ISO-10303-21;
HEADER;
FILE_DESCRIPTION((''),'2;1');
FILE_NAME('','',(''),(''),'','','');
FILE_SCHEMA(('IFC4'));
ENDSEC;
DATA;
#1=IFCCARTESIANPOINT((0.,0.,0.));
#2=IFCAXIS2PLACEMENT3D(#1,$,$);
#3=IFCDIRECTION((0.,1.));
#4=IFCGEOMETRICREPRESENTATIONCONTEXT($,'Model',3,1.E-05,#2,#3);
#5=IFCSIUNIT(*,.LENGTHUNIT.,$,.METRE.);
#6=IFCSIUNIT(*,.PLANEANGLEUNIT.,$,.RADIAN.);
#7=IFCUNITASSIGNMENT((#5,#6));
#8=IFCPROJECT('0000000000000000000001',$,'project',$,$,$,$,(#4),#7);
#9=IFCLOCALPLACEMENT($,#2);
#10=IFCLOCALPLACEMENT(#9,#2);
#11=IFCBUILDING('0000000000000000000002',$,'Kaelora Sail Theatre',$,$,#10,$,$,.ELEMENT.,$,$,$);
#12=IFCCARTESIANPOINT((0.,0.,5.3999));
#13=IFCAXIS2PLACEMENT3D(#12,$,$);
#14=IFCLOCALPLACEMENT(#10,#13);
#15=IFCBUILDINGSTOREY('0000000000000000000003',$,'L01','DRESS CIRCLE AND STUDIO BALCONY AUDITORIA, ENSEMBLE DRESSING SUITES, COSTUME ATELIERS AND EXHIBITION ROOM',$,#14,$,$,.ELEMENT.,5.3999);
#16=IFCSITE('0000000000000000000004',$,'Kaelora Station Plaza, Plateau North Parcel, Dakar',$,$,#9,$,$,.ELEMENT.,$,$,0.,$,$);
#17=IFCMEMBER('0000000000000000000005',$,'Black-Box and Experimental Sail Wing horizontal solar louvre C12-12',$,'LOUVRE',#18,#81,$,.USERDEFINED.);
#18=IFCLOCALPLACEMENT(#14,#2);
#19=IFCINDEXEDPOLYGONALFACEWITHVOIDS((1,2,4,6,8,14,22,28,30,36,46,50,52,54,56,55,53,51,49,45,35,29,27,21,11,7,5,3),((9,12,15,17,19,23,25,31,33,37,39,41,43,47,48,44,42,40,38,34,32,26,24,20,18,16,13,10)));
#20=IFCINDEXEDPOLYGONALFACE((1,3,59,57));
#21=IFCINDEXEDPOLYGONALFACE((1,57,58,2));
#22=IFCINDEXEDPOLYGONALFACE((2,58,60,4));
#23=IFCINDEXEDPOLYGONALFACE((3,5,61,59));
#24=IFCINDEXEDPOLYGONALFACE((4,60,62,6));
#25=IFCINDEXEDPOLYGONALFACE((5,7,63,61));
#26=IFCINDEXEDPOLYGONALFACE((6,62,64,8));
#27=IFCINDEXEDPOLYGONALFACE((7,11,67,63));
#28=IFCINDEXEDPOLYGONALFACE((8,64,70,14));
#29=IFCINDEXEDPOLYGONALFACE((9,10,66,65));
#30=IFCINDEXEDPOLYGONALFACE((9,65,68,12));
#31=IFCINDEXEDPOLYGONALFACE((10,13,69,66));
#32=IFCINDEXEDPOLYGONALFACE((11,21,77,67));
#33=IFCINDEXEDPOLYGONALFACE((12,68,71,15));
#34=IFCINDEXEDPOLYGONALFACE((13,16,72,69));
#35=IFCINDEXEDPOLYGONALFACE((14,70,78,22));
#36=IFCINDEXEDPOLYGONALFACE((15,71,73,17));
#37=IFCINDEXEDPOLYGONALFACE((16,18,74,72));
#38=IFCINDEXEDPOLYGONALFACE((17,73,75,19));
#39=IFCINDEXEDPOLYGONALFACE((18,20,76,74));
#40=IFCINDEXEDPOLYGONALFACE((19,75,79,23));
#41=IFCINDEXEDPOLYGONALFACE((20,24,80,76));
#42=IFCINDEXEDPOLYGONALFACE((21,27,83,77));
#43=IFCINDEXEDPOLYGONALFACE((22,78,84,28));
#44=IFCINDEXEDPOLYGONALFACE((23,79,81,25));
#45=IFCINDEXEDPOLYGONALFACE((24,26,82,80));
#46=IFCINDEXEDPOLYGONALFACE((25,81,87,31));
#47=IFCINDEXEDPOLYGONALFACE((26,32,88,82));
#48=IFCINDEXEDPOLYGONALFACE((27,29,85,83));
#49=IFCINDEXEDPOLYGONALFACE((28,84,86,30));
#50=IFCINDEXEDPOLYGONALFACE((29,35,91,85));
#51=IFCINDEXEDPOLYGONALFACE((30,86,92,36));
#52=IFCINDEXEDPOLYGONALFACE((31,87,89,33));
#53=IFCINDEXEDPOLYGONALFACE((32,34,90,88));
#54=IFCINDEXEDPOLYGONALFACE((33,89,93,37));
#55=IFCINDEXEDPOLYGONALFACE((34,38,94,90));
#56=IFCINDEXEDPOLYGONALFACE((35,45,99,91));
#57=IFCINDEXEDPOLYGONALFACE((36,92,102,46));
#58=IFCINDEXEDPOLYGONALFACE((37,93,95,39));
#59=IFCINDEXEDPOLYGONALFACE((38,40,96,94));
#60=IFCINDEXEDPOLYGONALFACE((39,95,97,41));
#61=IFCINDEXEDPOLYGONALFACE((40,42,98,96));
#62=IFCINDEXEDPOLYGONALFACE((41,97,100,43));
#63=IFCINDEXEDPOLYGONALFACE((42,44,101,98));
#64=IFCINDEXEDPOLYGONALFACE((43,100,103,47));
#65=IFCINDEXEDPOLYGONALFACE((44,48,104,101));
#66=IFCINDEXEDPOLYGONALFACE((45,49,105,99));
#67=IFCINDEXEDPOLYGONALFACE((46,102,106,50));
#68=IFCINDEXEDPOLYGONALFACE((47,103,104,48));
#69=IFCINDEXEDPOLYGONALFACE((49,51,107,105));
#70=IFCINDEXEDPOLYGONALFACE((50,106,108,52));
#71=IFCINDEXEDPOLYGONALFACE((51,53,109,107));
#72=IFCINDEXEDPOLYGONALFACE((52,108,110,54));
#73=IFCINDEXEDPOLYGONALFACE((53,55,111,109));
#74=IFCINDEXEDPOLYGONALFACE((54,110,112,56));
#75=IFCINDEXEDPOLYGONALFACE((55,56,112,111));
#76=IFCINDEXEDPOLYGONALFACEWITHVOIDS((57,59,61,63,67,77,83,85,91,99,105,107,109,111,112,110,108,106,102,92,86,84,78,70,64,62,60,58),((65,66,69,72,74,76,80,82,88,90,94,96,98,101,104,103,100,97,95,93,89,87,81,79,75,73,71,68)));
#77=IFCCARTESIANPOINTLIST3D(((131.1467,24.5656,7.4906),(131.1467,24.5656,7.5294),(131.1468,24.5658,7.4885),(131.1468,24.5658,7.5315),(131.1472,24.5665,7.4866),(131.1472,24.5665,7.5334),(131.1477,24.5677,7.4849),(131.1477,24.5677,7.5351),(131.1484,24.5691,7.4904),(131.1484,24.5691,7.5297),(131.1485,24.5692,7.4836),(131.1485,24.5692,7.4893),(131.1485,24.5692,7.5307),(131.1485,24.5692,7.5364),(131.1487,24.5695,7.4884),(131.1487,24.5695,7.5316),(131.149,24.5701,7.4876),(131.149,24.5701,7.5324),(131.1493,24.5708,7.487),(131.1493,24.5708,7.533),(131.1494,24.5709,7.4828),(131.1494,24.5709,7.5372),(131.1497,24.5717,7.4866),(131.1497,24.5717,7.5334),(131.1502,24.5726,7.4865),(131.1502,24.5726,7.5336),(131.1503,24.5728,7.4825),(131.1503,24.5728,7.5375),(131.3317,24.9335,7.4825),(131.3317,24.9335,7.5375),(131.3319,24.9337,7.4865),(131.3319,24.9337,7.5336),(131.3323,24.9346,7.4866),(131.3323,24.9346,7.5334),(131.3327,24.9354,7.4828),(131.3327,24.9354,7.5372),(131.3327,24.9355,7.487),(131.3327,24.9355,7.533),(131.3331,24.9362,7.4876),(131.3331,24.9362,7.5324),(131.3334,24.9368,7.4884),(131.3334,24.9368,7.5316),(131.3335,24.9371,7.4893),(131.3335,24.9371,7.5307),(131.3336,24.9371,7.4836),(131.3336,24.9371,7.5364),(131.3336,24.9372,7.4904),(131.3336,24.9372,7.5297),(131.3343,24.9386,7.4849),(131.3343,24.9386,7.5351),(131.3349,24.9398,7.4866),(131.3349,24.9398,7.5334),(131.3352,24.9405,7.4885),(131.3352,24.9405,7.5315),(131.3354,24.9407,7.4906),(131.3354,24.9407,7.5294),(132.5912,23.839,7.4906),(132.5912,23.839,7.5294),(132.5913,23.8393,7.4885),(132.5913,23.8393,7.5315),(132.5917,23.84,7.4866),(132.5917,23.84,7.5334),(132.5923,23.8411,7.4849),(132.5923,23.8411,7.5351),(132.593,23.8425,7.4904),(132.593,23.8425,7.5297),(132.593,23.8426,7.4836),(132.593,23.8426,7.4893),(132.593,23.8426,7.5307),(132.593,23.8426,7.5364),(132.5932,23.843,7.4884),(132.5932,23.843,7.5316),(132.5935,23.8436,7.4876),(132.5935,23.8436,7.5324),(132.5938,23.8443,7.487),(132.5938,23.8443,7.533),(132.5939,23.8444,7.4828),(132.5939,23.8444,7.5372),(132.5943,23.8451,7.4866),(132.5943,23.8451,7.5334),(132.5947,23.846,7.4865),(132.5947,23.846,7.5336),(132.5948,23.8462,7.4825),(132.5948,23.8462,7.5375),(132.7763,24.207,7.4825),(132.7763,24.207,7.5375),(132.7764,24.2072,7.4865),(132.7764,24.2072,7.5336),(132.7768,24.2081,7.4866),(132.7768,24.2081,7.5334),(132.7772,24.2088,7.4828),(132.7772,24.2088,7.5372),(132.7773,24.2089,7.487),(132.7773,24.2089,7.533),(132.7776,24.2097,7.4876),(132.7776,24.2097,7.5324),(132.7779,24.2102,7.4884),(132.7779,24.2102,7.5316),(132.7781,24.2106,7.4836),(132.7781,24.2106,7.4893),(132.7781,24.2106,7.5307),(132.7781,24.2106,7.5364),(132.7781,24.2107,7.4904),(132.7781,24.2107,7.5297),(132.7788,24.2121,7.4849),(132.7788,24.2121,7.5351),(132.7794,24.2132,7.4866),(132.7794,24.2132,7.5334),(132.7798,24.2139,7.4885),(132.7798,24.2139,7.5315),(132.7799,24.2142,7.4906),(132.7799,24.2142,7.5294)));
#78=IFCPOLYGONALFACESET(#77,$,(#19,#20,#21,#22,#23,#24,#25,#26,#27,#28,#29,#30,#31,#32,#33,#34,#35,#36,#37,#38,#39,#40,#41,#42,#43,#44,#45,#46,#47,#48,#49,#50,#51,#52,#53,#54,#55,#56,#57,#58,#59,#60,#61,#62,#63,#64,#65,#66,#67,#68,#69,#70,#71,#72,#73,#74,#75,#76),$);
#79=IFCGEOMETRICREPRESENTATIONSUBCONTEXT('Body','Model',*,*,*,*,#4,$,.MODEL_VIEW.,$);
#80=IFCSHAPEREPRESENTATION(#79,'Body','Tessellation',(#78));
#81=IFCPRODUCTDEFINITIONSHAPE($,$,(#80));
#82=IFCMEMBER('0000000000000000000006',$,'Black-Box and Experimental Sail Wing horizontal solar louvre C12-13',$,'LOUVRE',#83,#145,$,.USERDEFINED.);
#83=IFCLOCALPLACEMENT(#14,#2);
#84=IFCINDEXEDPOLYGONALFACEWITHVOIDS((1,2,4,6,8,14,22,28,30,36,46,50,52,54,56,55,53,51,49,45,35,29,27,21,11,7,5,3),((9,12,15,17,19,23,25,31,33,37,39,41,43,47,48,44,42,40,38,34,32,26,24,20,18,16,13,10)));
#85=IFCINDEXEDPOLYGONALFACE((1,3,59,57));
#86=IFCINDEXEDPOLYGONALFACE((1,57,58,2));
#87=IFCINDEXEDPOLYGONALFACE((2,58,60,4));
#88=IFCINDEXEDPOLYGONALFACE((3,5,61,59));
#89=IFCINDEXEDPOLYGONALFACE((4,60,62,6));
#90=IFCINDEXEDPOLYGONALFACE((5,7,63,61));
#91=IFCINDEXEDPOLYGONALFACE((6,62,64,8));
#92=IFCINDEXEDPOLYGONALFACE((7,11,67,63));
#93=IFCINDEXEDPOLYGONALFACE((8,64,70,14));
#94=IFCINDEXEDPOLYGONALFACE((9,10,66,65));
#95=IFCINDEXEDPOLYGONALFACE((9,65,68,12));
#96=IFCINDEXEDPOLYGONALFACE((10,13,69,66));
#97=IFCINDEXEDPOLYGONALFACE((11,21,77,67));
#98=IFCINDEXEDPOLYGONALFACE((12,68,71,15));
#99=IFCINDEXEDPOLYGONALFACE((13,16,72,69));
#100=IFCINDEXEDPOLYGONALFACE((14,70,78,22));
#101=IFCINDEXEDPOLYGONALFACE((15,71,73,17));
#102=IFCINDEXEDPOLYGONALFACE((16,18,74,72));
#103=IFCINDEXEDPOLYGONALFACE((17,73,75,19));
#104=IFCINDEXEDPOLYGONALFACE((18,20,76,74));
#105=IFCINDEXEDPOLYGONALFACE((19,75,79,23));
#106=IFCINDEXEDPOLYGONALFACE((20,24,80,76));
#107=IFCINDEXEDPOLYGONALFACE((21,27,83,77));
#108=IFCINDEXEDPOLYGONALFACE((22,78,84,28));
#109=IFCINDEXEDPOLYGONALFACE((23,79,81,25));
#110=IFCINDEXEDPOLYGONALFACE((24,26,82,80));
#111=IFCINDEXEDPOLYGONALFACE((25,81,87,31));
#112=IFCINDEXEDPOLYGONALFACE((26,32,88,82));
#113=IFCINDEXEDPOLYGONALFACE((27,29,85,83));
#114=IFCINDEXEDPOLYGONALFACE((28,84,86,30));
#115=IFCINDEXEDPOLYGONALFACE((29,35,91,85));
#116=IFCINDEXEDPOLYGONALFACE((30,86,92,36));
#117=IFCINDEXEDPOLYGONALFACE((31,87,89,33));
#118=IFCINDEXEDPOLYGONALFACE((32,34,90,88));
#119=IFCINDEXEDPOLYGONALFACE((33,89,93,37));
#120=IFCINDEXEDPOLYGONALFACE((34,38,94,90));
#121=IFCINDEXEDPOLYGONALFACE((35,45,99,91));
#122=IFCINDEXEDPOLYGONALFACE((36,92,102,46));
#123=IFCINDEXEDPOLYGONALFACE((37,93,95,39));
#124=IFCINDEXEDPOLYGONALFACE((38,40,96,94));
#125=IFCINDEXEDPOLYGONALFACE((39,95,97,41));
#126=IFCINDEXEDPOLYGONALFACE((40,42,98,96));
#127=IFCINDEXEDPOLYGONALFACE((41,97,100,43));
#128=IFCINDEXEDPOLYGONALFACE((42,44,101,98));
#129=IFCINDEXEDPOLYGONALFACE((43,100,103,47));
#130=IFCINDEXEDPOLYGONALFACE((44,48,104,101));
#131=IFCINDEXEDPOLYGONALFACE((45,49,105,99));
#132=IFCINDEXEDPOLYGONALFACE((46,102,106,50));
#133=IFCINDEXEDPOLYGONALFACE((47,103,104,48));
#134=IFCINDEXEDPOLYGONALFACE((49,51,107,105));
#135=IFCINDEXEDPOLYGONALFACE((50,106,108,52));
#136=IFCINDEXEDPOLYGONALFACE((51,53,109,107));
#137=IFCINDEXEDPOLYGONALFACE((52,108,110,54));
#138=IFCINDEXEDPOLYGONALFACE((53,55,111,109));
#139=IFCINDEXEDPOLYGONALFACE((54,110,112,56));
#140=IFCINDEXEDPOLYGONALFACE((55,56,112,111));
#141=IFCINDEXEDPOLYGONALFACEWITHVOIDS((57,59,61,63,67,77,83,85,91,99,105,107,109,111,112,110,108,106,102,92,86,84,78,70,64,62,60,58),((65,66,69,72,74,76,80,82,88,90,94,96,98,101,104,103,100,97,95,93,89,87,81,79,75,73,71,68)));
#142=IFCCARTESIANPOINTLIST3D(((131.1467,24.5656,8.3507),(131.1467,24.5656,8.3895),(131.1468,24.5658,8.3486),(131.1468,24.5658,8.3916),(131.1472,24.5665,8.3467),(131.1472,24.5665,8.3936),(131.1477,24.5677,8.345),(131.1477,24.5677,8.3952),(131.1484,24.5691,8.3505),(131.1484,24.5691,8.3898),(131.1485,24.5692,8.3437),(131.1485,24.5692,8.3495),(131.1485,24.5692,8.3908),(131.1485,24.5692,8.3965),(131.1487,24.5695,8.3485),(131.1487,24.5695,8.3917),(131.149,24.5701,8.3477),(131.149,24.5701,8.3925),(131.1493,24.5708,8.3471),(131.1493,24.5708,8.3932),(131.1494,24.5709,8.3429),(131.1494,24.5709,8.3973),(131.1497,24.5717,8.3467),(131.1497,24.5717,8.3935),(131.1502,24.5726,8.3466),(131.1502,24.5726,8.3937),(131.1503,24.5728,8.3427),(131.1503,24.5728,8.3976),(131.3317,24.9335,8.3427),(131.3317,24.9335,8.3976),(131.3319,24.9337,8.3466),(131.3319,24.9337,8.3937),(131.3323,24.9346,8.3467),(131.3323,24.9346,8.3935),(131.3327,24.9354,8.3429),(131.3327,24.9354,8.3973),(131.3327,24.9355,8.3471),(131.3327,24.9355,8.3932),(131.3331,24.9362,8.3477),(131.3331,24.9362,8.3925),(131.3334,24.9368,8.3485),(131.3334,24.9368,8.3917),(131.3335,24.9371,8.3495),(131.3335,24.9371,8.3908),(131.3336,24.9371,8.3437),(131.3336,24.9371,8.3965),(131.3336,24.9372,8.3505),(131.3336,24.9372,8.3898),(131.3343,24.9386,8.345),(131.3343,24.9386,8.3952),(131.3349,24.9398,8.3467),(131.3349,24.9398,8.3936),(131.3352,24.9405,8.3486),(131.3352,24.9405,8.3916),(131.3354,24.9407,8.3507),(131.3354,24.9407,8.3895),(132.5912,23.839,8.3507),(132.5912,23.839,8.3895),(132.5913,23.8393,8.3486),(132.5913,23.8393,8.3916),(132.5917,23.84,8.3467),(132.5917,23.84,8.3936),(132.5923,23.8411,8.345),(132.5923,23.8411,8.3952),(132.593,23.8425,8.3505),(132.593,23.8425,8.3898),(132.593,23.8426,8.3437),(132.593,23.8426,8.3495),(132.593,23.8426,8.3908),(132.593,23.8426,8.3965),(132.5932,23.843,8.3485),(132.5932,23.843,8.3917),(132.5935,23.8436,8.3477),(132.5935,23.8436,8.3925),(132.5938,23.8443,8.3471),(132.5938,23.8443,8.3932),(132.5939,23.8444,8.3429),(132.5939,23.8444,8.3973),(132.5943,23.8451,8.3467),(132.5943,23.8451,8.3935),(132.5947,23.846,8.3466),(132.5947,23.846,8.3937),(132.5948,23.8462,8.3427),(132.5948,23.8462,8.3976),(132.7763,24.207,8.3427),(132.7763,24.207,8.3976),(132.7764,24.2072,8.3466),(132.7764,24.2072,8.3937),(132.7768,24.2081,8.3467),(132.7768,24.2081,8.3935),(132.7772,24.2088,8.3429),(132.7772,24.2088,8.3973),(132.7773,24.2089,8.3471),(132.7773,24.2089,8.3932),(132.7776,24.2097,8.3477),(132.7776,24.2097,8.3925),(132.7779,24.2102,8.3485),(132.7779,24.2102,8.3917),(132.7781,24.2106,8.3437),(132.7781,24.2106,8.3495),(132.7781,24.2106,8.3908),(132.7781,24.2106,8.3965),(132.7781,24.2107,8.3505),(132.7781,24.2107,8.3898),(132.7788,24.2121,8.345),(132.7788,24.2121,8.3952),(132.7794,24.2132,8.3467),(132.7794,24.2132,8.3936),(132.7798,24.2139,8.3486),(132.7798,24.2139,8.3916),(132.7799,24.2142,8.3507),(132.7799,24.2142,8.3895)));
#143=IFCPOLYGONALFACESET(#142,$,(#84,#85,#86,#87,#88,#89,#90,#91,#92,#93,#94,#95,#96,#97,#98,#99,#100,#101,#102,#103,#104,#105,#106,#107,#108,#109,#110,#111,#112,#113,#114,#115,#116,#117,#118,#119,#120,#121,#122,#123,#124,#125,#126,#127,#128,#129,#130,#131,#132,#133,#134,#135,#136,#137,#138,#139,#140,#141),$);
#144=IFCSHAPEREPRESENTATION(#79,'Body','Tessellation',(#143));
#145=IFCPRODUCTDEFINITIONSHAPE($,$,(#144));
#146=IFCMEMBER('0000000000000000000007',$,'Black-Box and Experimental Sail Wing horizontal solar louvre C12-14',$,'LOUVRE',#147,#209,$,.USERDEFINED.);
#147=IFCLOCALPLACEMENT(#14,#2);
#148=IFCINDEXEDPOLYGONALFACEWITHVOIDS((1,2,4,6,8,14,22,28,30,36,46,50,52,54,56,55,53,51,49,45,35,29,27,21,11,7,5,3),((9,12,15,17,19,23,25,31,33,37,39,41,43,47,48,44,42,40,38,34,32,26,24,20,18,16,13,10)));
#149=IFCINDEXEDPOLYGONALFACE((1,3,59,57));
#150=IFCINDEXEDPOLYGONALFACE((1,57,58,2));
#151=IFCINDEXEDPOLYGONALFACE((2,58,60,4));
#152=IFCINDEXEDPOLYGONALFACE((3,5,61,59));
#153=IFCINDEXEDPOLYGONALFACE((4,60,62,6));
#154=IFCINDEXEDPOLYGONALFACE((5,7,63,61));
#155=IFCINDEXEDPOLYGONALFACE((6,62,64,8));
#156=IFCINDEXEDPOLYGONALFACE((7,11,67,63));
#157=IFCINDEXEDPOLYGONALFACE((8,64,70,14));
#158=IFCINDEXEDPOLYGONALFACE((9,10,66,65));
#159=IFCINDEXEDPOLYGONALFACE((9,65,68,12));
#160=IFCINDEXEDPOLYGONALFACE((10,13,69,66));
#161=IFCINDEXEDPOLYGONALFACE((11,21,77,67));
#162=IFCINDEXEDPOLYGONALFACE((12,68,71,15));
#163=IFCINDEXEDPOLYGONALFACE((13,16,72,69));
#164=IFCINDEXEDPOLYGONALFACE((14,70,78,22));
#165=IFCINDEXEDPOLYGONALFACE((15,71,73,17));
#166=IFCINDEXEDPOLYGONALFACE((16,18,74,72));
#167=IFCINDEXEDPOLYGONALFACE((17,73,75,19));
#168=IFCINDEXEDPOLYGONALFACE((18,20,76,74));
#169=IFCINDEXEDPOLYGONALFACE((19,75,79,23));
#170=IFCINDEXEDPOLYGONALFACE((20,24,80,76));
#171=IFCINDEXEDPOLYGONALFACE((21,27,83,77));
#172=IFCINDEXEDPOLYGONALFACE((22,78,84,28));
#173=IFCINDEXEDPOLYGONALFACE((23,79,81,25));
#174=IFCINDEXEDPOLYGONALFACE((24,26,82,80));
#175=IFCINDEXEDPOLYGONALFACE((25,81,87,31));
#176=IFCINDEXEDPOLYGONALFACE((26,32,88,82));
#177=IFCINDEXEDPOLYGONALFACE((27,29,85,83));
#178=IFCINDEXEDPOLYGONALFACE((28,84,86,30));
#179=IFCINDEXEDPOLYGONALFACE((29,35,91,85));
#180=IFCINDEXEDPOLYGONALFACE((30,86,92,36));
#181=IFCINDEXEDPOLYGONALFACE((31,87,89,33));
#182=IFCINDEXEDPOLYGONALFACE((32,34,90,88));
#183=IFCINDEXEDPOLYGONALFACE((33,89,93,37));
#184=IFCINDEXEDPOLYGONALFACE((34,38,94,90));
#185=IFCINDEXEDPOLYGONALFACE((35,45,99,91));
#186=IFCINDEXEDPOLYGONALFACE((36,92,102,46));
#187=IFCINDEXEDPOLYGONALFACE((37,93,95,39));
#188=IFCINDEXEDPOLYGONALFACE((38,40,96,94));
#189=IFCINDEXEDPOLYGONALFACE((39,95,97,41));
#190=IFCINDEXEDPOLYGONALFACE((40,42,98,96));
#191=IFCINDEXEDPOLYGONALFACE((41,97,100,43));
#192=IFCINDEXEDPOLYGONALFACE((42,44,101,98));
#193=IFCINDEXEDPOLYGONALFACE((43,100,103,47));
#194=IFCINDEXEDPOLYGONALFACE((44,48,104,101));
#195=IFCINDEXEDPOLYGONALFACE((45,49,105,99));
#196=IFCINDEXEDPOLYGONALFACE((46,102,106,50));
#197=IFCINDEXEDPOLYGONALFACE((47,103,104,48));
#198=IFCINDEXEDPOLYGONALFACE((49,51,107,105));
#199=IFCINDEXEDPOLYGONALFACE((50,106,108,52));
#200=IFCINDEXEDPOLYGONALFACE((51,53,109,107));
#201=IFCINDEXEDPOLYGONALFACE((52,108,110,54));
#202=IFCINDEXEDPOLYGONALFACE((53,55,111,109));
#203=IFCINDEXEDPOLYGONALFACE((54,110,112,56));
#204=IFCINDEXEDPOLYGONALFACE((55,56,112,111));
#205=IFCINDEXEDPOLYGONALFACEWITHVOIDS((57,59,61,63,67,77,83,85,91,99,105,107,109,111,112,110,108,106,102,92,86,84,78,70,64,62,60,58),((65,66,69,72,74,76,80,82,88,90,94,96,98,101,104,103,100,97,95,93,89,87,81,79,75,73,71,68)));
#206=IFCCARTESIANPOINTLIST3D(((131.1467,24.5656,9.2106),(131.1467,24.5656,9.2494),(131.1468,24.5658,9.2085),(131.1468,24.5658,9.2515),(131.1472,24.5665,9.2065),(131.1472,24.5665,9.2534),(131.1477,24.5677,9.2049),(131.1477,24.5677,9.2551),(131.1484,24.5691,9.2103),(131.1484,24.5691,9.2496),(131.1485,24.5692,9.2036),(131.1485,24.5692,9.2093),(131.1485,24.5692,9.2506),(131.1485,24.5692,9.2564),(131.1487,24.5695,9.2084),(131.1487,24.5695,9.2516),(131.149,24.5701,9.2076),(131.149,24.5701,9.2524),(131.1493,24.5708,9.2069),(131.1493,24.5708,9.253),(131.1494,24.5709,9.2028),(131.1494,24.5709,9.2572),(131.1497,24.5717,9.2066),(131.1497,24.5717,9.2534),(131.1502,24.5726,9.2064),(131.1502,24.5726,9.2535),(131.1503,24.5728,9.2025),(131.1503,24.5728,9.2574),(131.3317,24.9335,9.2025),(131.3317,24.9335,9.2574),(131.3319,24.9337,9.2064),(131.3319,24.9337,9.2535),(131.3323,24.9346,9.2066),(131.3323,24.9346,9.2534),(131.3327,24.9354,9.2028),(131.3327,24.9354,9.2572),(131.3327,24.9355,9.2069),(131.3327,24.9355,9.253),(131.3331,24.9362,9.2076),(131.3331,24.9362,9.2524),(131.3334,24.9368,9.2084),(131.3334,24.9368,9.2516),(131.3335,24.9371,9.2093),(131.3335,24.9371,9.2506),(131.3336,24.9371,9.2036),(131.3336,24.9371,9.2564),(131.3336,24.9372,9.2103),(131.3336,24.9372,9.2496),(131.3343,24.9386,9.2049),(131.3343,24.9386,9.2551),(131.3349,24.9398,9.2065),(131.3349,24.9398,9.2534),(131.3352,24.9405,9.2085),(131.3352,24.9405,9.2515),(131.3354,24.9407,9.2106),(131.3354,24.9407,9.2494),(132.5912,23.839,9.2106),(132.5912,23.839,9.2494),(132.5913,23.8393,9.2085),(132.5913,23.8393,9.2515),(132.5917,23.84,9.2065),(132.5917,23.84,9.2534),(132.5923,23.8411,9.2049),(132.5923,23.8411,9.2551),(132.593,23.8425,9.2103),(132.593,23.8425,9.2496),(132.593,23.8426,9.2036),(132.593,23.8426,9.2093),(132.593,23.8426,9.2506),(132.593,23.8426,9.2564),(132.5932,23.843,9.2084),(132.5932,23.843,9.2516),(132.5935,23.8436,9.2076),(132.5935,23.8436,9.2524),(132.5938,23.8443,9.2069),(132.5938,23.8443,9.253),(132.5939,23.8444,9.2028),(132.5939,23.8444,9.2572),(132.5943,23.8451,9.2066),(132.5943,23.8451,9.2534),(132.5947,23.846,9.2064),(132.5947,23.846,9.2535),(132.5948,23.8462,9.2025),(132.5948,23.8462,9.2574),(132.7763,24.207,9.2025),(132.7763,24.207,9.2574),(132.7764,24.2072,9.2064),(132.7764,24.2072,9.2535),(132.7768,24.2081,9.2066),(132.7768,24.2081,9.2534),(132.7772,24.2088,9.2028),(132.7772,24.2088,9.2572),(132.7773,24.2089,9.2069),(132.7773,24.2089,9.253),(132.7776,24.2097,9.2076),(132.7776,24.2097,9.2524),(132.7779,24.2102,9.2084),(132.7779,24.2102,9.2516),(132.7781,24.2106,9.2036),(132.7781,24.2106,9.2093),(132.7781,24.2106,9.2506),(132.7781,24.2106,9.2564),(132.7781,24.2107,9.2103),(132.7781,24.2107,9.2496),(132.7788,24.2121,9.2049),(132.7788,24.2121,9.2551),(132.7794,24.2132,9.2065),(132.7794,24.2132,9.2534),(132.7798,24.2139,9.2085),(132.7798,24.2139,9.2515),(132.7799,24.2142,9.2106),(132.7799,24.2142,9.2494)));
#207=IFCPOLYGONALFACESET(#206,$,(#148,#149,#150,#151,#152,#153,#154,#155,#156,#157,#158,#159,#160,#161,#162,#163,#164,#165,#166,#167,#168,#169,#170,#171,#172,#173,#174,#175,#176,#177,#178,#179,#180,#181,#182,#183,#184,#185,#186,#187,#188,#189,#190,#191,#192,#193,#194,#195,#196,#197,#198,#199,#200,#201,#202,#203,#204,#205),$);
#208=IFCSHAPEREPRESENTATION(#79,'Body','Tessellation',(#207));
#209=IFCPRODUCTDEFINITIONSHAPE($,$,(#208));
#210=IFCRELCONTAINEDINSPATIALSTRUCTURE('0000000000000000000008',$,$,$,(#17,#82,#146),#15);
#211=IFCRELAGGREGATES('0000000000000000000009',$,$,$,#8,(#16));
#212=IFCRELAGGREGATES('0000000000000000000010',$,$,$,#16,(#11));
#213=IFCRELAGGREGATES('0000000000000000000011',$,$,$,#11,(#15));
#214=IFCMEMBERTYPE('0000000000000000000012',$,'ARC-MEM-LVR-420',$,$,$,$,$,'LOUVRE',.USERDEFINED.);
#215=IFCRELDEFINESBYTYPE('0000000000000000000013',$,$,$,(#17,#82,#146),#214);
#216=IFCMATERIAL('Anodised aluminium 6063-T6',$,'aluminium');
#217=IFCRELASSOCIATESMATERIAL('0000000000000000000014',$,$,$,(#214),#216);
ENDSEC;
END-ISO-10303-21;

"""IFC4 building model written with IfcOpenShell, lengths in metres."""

from ifc_helpers import new_model, si_unit, direction, frame, origin, origin_2d, place, context, subcontext, project, spatial, hollow_rectangle, extrude, material, material_profile, profile_set, type_object, element, save


model = new_model("IFC4")

# Units and contexts
model_context = context("Model", 3, precision=1e-05, world=origin(), true_north=direction((0.0, 1.0)))
body_context = subcontext(model_context, "Body", "Model", "MODEL_VIEW")
ifc_project = project(units=[si_unit("LENGTHUNIT", "METRE"), si_unit("PLANEANGLEUNIT", "RADIAN")], contexts=[model_context])

# Site, building, storey
site_placement = place(None, origin())
site = spatial("IfcSite", under=ifc_project, at=site_placement, Name="Kaelora Station Plaza, Plateau North Parcel, Dakar", CompositionType="ELEMENT", RefElevation=0.0)
building_placement = place(site_placement, origin())
building = spatial("IfcBuilding", under=site, at=building_placement, Name="Kaelora Sail Theatre", CompositionType="ELEMENT")
storey_placement = place(building_placement, frame((0.0, 0.0, 5.3999)))
storey = spatial("IfcBuildingStorey", under=building, at=storey_placement, Name="L01", Description="DRESS CIRCLE AND STUDIO BALCONY AUDITORIA, ENSEMBLE DRESSING SUITES, COSTUME ATELIERS AND EXHIBITION ROOM", CompositionType="ELEMENT", Elevation=5.3999)

# Members
ifc_material = material(Name="Anodised aluminium 6063-T6", Category="aluminium")
ifc_material_profile = material_profile(ifc_material, hollow_rectangle(XDim=0.4199, YDim=0.0549, WallThickness=0.0039, InnerFilletRadius=0.0039, OuterFilletRadius=0.0081, at=origin_2d()), Name="LOUVRE 420x55x4")
ifc_profile_set = profile_set([ifc_material_profile], Name="Anodised aluminium 6063-T6")
member_type = type_object("IfcMemberType", Name="ARC-MEM-LVR-420", ElementType="LOUVRE", PredefinedType="USERDEFINED", material=ifc_profile_set)
for number, where, z_axis, x_axis, name in (
    (1, (132.6855, 24.0266, 7.51), (-0.893368, 0.449326, 0.0), (-0.449326, -0.893368, 0.0), "Black-Box and Experimental Sail Wing horizontal solar louvre C12-12"),
    (2, (132.6855, 24.0266, 8.3701), (-0.893368, 0.449326, 0.0), (-0.449326, -0.893368, 0.0), "Black-Box and Experimental Sail Wing horizontal solar louvre C12-13"),
    (3, (132.6855, 24.0266, 9.23), (-0.893368, 0.449326, 0.0), (-0.449326, -0.893368, 0.0), "Black-Box and Experimental Sail Wing horizontal solar louvre C12-14"),
):
    element("IfcMember", number, at=place(storey_placement, frame(where, z_axis=z_axis, x_axis=x_axis)), inside=storey, type_object=member_type, Name=name, ObjectType="LOUVRE", PredefinedType="USERDEFINED", context=body_context, shape_type="SweptSolid", body=[
        extrude(hollow_rectangle(XDim=0.4199, YDim=0.0549, WallThickness=0.0039, InnerFilletRadius=0.0039, OuterFilletRadius=0.0081, at=origin_2d()), origin(), (0.0, 0.0, 1.0), 1.6169),
    ])

save(model, "model.ifc")
